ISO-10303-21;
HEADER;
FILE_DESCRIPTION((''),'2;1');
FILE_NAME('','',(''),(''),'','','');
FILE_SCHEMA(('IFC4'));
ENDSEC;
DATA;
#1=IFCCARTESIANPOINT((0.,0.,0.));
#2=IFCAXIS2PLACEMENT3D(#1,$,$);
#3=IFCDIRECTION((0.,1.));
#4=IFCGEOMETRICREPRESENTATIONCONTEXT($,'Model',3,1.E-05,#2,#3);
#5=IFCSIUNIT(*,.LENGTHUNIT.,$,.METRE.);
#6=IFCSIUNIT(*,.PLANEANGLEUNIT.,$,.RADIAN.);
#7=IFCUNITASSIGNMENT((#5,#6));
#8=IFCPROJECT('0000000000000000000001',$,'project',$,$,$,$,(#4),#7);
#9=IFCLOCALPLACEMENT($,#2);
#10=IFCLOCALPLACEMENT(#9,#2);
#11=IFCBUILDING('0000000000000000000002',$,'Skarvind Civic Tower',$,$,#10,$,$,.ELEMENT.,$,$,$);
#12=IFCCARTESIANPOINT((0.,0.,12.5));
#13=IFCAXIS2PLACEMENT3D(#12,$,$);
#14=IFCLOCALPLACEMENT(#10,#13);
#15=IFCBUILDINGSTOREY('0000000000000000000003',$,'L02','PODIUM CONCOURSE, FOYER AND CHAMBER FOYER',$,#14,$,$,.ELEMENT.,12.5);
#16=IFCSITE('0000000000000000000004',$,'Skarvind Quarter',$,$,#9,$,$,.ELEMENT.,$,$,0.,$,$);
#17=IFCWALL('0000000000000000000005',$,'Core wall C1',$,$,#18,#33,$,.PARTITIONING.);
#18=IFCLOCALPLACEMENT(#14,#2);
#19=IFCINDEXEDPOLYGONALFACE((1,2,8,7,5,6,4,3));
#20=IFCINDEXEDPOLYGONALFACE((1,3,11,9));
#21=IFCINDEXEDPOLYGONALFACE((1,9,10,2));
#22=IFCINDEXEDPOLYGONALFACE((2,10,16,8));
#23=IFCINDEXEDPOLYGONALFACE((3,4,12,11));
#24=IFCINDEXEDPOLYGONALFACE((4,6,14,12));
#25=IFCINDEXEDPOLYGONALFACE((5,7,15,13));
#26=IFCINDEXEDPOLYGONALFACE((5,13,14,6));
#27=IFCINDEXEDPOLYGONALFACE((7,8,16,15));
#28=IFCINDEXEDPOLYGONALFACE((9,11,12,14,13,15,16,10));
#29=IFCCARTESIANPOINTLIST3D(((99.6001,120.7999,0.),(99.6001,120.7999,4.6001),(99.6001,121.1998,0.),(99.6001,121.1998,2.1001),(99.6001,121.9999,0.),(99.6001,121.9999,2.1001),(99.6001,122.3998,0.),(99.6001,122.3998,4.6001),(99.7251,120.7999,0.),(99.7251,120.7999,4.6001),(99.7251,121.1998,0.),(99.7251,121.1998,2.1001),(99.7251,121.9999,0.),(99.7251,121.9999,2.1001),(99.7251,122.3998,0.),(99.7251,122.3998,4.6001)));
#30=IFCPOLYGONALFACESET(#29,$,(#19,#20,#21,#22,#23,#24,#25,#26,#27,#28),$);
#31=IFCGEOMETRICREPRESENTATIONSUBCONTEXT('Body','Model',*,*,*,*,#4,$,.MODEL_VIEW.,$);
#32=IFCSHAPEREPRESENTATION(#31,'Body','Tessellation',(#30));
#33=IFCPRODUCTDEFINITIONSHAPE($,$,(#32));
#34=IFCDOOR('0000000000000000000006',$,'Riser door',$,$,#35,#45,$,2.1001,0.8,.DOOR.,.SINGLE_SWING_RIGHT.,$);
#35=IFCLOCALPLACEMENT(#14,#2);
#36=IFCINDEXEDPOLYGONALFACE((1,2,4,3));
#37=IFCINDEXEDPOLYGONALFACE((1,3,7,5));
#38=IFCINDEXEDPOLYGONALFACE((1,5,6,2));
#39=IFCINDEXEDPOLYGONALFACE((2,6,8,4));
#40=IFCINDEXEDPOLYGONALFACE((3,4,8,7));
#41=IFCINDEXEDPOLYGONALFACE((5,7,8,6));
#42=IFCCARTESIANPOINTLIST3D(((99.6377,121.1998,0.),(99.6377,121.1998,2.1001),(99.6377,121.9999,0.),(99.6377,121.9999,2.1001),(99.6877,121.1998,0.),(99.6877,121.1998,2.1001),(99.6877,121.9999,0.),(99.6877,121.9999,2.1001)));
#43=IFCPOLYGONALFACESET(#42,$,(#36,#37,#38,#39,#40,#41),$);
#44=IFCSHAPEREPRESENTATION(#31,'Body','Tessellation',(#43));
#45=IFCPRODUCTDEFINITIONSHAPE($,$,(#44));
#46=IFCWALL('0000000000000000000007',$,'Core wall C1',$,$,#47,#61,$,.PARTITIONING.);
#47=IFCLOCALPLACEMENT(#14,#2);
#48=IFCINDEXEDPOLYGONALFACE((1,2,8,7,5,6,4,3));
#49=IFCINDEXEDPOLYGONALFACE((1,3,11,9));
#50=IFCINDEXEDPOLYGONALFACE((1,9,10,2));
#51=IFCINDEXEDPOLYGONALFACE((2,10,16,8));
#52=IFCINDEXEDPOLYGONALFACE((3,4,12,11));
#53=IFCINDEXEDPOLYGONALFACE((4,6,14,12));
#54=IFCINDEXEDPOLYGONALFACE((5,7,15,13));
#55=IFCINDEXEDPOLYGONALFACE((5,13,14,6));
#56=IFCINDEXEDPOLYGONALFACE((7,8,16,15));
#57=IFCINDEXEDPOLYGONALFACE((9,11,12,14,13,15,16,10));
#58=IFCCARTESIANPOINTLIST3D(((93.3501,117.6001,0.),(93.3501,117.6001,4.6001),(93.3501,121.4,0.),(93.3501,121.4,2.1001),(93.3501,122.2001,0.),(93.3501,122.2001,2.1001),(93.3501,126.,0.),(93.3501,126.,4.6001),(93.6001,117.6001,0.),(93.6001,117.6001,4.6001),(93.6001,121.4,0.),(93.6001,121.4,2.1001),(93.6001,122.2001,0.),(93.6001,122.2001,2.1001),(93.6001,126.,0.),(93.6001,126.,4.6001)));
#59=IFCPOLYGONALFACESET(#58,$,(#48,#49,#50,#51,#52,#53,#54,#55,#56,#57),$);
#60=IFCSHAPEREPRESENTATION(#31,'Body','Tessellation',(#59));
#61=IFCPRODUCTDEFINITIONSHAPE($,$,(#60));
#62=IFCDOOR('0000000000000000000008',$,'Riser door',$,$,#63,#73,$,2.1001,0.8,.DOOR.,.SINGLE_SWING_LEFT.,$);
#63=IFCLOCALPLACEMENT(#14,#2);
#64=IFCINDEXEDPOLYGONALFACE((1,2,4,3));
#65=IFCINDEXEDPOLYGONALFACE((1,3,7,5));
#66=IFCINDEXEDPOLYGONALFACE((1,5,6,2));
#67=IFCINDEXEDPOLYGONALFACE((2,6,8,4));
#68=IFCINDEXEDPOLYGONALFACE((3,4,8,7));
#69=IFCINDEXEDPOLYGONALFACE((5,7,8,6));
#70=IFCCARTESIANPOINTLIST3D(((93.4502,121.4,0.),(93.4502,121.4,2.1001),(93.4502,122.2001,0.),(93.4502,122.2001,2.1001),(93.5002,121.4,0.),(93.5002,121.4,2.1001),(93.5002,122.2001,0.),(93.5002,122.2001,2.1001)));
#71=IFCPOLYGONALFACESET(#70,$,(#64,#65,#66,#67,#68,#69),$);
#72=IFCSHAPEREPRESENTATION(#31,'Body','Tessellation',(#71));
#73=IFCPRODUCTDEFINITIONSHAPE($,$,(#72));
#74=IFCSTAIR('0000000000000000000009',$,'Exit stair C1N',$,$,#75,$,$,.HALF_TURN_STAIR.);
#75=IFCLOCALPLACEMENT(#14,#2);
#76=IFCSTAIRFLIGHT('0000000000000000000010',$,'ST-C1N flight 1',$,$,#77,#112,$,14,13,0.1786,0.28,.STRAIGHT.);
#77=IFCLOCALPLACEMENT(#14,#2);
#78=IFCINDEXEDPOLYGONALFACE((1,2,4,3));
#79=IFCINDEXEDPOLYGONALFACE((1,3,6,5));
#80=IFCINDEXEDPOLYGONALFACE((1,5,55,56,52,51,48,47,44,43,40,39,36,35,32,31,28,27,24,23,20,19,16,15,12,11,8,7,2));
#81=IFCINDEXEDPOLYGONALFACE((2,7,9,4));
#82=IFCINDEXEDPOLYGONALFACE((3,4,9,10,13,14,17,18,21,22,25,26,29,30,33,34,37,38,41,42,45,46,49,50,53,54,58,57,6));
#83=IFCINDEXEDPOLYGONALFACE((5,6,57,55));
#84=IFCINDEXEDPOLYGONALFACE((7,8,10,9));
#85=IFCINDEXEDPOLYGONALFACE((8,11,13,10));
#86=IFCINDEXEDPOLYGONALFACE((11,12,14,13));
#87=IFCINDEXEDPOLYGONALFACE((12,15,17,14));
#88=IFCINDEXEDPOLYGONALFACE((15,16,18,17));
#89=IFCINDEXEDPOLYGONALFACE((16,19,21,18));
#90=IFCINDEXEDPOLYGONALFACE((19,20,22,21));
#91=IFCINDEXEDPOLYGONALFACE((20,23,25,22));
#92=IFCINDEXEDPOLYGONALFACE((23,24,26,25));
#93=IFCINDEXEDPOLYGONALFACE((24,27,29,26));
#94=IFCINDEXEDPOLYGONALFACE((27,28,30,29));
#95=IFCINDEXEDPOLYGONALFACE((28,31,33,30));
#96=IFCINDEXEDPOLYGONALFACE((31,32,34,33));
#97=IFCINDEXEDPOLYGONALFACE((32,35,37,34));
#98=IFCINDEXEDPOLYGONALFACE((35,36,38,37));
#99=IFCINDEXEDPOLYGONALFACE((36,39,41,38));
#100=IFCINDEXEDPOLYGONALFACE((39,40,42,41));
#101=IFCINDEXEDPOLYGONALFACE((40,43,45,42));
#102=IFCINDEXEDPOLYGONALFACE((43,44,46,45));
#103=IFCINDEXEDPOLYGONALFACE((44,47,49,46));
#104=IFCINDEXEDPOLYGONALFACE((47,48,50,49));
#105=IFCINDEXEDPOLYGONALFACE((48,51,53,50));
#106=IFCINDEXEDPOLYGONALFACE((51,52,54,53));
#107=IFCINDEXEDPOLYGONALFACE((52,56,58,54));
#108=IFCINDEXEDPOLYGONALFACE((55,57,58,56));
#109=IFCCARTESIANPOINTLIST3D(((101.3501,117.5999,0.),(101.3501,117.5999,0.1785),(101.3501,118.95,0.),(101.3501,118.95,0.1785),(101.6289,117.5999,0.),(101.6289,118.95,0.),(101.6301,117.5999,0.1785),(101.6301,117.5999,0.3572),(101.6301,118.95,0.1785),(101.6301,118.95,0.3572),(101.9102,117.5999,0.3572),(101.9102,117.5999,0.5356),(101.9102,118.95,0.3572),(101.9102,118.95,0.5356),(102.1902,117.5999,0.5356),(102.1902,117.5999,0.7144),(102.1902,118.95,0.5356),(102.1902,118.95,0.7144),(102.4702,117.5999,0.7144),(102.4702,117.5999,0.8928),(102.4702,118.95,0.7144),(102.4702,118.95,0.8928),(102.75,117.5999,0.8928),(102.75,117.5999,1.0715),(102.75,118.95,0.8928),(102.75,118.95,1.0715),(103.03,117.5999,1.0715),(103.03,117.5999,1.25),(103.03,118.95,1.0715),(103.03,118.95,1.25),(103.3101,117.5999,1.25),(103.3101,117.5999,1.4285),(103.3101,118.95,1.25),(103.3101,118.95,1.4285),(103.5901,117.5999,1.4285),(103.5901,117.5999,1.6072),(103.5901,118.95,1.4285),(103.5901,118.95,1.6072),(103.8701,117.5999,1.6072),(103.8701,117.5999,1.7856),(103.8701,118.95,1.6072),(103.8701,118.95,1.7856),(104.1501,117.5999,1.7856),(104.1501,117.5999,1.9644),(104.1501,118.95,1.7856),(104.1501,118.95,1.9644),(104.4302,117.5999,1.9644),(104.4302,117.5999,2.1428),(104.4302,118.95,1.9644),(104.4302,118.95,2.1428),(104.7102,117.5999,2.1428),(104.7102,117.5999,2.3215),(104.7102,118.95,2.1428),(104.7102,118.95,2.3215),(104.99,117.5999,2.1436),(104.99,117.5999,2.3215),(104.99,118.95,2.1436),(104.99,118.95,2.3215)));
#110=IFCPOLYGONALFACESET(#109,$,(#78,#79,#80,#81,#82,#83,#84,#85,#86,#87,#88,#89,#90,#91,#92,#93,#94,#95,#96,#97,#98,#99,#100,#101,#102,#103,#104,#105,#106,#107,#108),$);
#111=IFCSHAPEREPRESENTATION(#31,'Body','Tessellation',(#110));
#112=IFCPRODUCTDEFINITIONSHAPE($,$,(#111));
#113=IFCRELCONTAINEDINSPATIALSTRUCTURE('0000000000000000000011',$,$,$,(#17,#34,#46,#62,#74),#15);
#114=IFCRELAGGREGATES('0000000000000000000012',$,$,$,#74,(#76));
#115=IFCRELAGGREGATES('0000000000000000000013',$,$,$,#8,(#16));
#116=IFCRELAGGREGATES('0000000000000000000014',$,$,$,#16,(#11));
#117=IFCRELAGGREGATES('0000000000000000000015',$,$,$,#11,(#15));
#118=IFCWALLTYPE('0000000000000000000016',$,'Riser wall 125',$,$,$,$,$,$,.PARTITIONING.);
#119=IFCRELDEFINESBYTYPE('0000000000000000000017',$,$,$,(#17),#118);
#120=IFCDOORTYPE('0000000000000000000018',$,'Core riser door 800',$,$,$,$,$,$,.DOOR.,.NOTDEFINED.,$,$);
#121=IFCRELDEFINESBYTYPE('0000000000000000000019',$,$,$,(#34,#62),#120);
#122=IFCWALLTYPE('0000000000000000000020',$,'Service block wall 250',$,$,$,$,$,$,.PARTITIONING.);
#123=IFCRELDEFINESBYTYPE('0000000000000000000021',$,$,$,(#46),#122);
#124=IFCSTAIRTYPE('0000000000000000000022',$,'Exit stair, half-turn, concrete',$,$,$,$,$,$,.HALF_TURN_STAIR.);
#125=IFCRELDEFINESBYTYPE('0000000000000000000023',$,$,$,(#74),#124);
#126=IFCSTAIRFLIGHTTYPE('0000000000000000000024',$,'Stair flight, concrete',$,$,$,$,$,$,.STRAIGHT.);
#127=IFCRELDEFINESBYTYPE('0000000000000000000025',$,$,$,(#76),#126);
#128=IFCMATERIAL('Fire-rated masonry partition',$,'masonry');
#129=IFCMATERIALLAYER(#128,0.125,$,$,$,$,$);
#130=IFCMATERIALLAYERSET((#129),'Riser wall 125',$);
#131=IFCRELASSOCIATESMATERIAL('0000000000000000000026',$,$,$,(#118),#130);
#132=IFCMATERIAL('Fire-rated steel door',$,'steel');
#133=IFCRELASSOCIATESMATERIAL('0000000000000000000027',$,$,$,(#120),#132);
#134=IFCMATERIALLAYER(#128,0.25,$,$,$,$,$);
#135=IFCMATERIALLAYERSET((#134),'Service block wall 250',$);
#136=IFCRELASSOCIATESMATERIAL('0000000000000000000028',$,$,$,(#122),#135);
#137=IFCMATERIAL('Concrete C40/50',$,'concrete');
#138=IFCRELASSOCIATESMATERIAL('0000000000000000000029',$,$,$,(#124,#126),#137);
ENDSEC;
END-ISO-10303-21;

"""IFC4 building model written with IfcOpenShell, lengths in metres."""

from ifc_helpers import new_model, si_unit, direction, frame, frame_2d, origin, place, context, subcontext, project, spatial, polyline, rectangle, outline, extrude, material, layer, layer_set, type_object, element, fill, aggregate, save


model = new_model("IFC4")

# Units and contexts
model_context = context("Model", 3, precision=1e-05, world=origin(), true_north=direction((0.0, 1.0)))
body_context = subcontext(model_context, "Body", "Model", "MODEL_VIEW")
ifc_project = project(units=[si_unit("LENGTHUNIT", "METRE"), si_unit("PLANEANGLEUNIT", "RADIAN")], contexts=[model_context])

# Site, building, storey
site_placement = place(None, origin())
site = spatial("IfcSite", under=ifc_project, at=site_placement, Name="Skarvind Quarter", CompositionType="ELEMENT", RefElevation=0.0)
building_placement = place(site_placement, origin())
building = spatial("IfcBuilding", under=site, at=building_placement, Name="Skarvind Civic Tower", CompositionType="ELEMENT")
storey_placement = place(building_placement, frame((0.0, 0.0, 12.5)))
storey = spatial("IfcBuildingStorey", under=building, at=storey_placement, Name="L02", Description="PODIUM CONCOURSE, FOYER AND CHAMBER FOYER", CompositionType="ELEMENT", Elevation=12.5)

# Shared definitions
ifc_material_1 = material(Name="Fire-rated masonry partition", Category="masonry")
ifc_material_2 = material(Name="Fire-rated steel door", Category="steel")

# Walls, openings, doors
ifc_layer_1 = layer(ifc_material_1, 0.125)
ifc_layer_set_1 = layer_set([ifc_layer_1], Name="Riser wall 125")
wall_type_1 = type_object("IfcWallType", Name="Riser wall 125", PredefinedType="PARTITIONING", material=ifc_layer_set_1)
wall_1_placement = place(storey_placement, frame((99.6626, 120.8, 0.0), z_axis=(0.0, 0.0, 1.0), x_axis=(0.0, 1.0, 0.0)))
wall_1 = element("IfcWall", 1, at=wall_1_placement, inside=storey, type_object=wall_type_1, Name="Core wall C1", PredefinedType="PARTITIONING", context=body_context, shape_type="SweptSolid", body=[
    extrude(rectangle(XDim=1.5999, YDim=0.125, at=frame_2d((0.7998, 0.0))), origin(), (0.0, 0.0, 1.0), 4.6001),
])
opening_1_placement = place(wall_1_placement, frame((0.3999, 0.0, 0.0)))
opening_1 = element("IfcOpeningElement", 2, at=opening_1_placement, cuts=wall_1, PredefinedType="OPENING", context=body_context, shape_type="SweptSolid", body=[
    extrude(rectangle(XDim=0.8, YDim=2.1001, at=frame_2d((0.3999, 1.05))), frame((0.0, 0.0725, 0.0), z_axis=(0.0, -1.0, 0.0), x_axis=(1.0, 0.0, 0.0)), (0.0, 0.0, 1.0), 0.145),
])
door_type_1 = type_object("IfcDoorType", Name="Core riser door 800", OperationType="NOTDEFINED", PredefinedType="DOOR", material=ifc_material_2)
door_1_placement = place(opening_1_placement, origin())
door_1 = element("IfcDoor", 3, at=door_1_placement, inside=storey, type_object=door_type_1, Name="Riser door", OperationType="SINGLE_SWING_RIGHT", OverallHeight=2.1001, OverallWidth=0.8, PredefinedType="DOOR", context=body_context, shape_type="SweptSolid", body=[
    extrude(rectangle(XDim=0.8, YDim=2.1001, at=frame_2d((0.3999, 1.05))), frame((0.0, 0.0249, 0.0), z_axis=(0.0, -1.0, 0.0), x_axis=(1.0, 0.0, 0.0)), (0.0, 0.0, 1.0), 0.05),
])
fill(opening_1, door_1)
ifc_layer_2 = layer(ifc_material_1, 0.25)
ifc_layer_set_2 = layer_set([ifc_layer_2], Name="Service block wall 250")
wall_type_2 = type_object("IfcWallType", Name="Service block wall 250", PredefinedType="PARTITIONING", material=ifc_layer_set_2)
wall_2_placement = place(storey_placement, frame((93.4751, 117.6001, 0.0), z_axis=(0.0, 0.0, 1.0), x_axis=(0.0, 1.0, 0.0)))
wall_2 = element("IfcWall", 4, at=wall_2_placement, inside=storey, type_object=wall_type_2, Name="Core wall C1", PredefinedType="PARTITIONING", context=body_context, shape_type="SweptSolid", body=[
    extrude(rectangle(XDim=8.3999, YDim=0.25, at=frame_2d((4.2, 0.0))), origin(), (0.0, 0.0, 1.0), 4.6001),
])
opening_2_placement = place(wall_2_placement, frame((3.8, 0.0, 0.0)))
opening_2 = element("IfcOpeningElement", 5, at=opening_2_placement, cuts=wall_2, PredefinedType="OPENING", context=body_context, shape_type="SweptSolid", body=[
    extrude(rectangle(XDim=0.8, YDim=2.1001, at=frame_2d((0.3999, 1.05))), frame((0.0, 0.135, 0.0), z_axis=(0.0, -1.0, 0.0), x_axis=(1.0, 0.0, 0.0)), (0.0, 0.0, 1.0), 0.27),
])
door_2_placement = place(opening_2_placement, origin())
door_2 = element("IfcDoor", 6, at=door_2_placement, inside=storey, type_object=door_type_1, Name="Riser door", OperationType="SINGLE_SWING_LEFT", OverallHeight=2.1001, OverallWidth=0.8, PredefinedType="DOOR", context=body_context, shape_type="SweptSolid", body=[
    extrude(rectangle(XDim=0.8, YDim=2.1001, at=frame_2d((0.3999, 1.05))), frame((0.0, 0.0249, 0.0), z_axis=(0.0, -1.0, 0.0), x_axis=(1.0, 0.0, 0.0)), (0.0, 0.0, 1.0), 0.05),
])
fill(opening_2, door_2)

# Stair, stair flight
ifc_material_3 = material(Name="Concrete C40/50", Category="concrete")
stair_type = type_object("IfcStairType", Name="Exit stair, half-turn, concrete", PredefinedType="HALF_TURN_STAIR", material=ifc_material_3)
stair_placement = place(storey_placement, origin())
stair = element("IfcStair", 7, at=stair_placement, inside=storey, type_object=stair_type, Name="Exit stair C1N", PredefinedType="HALF_TURN_STAIR")
stair_flight_type = type_object("IfcStairFlightType", Name="Stair flight, concrete", PredefinedType="STRAIGHT", material=ifc_material_3)
stair_flight_placement = place(storey_placement, frame((101.3501, 118.2749, 0.0), z_axis=(0.0, 0.0, 1.0), x_axis=(1.0, 0.0, 0.0)))
stair_flight = element("IfcStairFlight", 8, at=stair_flight_placement, type_object=stair_flight_type, Name="ST-C1N flight 1", NumberOfRisers=14, NumberOfTreads=13, PredefinedType="STRAIGHT", RiserHeight=0.1786, TreadLength=0.28, context=body_context, shape_type="SweptSolid", body=[
    extrude(outline(polyline([(0.0, 0.0), (0.0, 0.1785), (0.28, 0.1785), (0.28, 0.3572), (0.5601, 0.3572), (0.5601, 0.5356), (0.8401, 0.5356), (0.8401, 0.7144), (1.1201, 0.7144), (1.1201, 0.8928), (1.3999, 0.8928), (1.3999, 1.0715), (1.6799, 1.0715), (1.6799, 1.25), (1.96, 1.25), (1.96, 1.4285), (2.24, 1.4285), (2.24, 1.6072), (2.52, 1.6072), (2.52, 1.7856), (2.8, 1.7856), (2.8, 1.9644), (3.0801, 1.9644), (3.0801, 2.1428), (3.3601, 2.1428), (3.3601, 2.3215), (3.6399, 2.3215), (3.6399, 2.5), (3.6399, 2.1436), (0.2788, 0.0), (0.0, 0.0)])), frame((0.0, 0.675, 0.0), z_axis=(0.0, -1.0, 0.0), x_axis=(1.0, 0.0, 0.0)), (0.0, 0.0, 1.0), 1.3501),
])
aggregate(stair, [stair_flight])

save(model, "model.ifc")
